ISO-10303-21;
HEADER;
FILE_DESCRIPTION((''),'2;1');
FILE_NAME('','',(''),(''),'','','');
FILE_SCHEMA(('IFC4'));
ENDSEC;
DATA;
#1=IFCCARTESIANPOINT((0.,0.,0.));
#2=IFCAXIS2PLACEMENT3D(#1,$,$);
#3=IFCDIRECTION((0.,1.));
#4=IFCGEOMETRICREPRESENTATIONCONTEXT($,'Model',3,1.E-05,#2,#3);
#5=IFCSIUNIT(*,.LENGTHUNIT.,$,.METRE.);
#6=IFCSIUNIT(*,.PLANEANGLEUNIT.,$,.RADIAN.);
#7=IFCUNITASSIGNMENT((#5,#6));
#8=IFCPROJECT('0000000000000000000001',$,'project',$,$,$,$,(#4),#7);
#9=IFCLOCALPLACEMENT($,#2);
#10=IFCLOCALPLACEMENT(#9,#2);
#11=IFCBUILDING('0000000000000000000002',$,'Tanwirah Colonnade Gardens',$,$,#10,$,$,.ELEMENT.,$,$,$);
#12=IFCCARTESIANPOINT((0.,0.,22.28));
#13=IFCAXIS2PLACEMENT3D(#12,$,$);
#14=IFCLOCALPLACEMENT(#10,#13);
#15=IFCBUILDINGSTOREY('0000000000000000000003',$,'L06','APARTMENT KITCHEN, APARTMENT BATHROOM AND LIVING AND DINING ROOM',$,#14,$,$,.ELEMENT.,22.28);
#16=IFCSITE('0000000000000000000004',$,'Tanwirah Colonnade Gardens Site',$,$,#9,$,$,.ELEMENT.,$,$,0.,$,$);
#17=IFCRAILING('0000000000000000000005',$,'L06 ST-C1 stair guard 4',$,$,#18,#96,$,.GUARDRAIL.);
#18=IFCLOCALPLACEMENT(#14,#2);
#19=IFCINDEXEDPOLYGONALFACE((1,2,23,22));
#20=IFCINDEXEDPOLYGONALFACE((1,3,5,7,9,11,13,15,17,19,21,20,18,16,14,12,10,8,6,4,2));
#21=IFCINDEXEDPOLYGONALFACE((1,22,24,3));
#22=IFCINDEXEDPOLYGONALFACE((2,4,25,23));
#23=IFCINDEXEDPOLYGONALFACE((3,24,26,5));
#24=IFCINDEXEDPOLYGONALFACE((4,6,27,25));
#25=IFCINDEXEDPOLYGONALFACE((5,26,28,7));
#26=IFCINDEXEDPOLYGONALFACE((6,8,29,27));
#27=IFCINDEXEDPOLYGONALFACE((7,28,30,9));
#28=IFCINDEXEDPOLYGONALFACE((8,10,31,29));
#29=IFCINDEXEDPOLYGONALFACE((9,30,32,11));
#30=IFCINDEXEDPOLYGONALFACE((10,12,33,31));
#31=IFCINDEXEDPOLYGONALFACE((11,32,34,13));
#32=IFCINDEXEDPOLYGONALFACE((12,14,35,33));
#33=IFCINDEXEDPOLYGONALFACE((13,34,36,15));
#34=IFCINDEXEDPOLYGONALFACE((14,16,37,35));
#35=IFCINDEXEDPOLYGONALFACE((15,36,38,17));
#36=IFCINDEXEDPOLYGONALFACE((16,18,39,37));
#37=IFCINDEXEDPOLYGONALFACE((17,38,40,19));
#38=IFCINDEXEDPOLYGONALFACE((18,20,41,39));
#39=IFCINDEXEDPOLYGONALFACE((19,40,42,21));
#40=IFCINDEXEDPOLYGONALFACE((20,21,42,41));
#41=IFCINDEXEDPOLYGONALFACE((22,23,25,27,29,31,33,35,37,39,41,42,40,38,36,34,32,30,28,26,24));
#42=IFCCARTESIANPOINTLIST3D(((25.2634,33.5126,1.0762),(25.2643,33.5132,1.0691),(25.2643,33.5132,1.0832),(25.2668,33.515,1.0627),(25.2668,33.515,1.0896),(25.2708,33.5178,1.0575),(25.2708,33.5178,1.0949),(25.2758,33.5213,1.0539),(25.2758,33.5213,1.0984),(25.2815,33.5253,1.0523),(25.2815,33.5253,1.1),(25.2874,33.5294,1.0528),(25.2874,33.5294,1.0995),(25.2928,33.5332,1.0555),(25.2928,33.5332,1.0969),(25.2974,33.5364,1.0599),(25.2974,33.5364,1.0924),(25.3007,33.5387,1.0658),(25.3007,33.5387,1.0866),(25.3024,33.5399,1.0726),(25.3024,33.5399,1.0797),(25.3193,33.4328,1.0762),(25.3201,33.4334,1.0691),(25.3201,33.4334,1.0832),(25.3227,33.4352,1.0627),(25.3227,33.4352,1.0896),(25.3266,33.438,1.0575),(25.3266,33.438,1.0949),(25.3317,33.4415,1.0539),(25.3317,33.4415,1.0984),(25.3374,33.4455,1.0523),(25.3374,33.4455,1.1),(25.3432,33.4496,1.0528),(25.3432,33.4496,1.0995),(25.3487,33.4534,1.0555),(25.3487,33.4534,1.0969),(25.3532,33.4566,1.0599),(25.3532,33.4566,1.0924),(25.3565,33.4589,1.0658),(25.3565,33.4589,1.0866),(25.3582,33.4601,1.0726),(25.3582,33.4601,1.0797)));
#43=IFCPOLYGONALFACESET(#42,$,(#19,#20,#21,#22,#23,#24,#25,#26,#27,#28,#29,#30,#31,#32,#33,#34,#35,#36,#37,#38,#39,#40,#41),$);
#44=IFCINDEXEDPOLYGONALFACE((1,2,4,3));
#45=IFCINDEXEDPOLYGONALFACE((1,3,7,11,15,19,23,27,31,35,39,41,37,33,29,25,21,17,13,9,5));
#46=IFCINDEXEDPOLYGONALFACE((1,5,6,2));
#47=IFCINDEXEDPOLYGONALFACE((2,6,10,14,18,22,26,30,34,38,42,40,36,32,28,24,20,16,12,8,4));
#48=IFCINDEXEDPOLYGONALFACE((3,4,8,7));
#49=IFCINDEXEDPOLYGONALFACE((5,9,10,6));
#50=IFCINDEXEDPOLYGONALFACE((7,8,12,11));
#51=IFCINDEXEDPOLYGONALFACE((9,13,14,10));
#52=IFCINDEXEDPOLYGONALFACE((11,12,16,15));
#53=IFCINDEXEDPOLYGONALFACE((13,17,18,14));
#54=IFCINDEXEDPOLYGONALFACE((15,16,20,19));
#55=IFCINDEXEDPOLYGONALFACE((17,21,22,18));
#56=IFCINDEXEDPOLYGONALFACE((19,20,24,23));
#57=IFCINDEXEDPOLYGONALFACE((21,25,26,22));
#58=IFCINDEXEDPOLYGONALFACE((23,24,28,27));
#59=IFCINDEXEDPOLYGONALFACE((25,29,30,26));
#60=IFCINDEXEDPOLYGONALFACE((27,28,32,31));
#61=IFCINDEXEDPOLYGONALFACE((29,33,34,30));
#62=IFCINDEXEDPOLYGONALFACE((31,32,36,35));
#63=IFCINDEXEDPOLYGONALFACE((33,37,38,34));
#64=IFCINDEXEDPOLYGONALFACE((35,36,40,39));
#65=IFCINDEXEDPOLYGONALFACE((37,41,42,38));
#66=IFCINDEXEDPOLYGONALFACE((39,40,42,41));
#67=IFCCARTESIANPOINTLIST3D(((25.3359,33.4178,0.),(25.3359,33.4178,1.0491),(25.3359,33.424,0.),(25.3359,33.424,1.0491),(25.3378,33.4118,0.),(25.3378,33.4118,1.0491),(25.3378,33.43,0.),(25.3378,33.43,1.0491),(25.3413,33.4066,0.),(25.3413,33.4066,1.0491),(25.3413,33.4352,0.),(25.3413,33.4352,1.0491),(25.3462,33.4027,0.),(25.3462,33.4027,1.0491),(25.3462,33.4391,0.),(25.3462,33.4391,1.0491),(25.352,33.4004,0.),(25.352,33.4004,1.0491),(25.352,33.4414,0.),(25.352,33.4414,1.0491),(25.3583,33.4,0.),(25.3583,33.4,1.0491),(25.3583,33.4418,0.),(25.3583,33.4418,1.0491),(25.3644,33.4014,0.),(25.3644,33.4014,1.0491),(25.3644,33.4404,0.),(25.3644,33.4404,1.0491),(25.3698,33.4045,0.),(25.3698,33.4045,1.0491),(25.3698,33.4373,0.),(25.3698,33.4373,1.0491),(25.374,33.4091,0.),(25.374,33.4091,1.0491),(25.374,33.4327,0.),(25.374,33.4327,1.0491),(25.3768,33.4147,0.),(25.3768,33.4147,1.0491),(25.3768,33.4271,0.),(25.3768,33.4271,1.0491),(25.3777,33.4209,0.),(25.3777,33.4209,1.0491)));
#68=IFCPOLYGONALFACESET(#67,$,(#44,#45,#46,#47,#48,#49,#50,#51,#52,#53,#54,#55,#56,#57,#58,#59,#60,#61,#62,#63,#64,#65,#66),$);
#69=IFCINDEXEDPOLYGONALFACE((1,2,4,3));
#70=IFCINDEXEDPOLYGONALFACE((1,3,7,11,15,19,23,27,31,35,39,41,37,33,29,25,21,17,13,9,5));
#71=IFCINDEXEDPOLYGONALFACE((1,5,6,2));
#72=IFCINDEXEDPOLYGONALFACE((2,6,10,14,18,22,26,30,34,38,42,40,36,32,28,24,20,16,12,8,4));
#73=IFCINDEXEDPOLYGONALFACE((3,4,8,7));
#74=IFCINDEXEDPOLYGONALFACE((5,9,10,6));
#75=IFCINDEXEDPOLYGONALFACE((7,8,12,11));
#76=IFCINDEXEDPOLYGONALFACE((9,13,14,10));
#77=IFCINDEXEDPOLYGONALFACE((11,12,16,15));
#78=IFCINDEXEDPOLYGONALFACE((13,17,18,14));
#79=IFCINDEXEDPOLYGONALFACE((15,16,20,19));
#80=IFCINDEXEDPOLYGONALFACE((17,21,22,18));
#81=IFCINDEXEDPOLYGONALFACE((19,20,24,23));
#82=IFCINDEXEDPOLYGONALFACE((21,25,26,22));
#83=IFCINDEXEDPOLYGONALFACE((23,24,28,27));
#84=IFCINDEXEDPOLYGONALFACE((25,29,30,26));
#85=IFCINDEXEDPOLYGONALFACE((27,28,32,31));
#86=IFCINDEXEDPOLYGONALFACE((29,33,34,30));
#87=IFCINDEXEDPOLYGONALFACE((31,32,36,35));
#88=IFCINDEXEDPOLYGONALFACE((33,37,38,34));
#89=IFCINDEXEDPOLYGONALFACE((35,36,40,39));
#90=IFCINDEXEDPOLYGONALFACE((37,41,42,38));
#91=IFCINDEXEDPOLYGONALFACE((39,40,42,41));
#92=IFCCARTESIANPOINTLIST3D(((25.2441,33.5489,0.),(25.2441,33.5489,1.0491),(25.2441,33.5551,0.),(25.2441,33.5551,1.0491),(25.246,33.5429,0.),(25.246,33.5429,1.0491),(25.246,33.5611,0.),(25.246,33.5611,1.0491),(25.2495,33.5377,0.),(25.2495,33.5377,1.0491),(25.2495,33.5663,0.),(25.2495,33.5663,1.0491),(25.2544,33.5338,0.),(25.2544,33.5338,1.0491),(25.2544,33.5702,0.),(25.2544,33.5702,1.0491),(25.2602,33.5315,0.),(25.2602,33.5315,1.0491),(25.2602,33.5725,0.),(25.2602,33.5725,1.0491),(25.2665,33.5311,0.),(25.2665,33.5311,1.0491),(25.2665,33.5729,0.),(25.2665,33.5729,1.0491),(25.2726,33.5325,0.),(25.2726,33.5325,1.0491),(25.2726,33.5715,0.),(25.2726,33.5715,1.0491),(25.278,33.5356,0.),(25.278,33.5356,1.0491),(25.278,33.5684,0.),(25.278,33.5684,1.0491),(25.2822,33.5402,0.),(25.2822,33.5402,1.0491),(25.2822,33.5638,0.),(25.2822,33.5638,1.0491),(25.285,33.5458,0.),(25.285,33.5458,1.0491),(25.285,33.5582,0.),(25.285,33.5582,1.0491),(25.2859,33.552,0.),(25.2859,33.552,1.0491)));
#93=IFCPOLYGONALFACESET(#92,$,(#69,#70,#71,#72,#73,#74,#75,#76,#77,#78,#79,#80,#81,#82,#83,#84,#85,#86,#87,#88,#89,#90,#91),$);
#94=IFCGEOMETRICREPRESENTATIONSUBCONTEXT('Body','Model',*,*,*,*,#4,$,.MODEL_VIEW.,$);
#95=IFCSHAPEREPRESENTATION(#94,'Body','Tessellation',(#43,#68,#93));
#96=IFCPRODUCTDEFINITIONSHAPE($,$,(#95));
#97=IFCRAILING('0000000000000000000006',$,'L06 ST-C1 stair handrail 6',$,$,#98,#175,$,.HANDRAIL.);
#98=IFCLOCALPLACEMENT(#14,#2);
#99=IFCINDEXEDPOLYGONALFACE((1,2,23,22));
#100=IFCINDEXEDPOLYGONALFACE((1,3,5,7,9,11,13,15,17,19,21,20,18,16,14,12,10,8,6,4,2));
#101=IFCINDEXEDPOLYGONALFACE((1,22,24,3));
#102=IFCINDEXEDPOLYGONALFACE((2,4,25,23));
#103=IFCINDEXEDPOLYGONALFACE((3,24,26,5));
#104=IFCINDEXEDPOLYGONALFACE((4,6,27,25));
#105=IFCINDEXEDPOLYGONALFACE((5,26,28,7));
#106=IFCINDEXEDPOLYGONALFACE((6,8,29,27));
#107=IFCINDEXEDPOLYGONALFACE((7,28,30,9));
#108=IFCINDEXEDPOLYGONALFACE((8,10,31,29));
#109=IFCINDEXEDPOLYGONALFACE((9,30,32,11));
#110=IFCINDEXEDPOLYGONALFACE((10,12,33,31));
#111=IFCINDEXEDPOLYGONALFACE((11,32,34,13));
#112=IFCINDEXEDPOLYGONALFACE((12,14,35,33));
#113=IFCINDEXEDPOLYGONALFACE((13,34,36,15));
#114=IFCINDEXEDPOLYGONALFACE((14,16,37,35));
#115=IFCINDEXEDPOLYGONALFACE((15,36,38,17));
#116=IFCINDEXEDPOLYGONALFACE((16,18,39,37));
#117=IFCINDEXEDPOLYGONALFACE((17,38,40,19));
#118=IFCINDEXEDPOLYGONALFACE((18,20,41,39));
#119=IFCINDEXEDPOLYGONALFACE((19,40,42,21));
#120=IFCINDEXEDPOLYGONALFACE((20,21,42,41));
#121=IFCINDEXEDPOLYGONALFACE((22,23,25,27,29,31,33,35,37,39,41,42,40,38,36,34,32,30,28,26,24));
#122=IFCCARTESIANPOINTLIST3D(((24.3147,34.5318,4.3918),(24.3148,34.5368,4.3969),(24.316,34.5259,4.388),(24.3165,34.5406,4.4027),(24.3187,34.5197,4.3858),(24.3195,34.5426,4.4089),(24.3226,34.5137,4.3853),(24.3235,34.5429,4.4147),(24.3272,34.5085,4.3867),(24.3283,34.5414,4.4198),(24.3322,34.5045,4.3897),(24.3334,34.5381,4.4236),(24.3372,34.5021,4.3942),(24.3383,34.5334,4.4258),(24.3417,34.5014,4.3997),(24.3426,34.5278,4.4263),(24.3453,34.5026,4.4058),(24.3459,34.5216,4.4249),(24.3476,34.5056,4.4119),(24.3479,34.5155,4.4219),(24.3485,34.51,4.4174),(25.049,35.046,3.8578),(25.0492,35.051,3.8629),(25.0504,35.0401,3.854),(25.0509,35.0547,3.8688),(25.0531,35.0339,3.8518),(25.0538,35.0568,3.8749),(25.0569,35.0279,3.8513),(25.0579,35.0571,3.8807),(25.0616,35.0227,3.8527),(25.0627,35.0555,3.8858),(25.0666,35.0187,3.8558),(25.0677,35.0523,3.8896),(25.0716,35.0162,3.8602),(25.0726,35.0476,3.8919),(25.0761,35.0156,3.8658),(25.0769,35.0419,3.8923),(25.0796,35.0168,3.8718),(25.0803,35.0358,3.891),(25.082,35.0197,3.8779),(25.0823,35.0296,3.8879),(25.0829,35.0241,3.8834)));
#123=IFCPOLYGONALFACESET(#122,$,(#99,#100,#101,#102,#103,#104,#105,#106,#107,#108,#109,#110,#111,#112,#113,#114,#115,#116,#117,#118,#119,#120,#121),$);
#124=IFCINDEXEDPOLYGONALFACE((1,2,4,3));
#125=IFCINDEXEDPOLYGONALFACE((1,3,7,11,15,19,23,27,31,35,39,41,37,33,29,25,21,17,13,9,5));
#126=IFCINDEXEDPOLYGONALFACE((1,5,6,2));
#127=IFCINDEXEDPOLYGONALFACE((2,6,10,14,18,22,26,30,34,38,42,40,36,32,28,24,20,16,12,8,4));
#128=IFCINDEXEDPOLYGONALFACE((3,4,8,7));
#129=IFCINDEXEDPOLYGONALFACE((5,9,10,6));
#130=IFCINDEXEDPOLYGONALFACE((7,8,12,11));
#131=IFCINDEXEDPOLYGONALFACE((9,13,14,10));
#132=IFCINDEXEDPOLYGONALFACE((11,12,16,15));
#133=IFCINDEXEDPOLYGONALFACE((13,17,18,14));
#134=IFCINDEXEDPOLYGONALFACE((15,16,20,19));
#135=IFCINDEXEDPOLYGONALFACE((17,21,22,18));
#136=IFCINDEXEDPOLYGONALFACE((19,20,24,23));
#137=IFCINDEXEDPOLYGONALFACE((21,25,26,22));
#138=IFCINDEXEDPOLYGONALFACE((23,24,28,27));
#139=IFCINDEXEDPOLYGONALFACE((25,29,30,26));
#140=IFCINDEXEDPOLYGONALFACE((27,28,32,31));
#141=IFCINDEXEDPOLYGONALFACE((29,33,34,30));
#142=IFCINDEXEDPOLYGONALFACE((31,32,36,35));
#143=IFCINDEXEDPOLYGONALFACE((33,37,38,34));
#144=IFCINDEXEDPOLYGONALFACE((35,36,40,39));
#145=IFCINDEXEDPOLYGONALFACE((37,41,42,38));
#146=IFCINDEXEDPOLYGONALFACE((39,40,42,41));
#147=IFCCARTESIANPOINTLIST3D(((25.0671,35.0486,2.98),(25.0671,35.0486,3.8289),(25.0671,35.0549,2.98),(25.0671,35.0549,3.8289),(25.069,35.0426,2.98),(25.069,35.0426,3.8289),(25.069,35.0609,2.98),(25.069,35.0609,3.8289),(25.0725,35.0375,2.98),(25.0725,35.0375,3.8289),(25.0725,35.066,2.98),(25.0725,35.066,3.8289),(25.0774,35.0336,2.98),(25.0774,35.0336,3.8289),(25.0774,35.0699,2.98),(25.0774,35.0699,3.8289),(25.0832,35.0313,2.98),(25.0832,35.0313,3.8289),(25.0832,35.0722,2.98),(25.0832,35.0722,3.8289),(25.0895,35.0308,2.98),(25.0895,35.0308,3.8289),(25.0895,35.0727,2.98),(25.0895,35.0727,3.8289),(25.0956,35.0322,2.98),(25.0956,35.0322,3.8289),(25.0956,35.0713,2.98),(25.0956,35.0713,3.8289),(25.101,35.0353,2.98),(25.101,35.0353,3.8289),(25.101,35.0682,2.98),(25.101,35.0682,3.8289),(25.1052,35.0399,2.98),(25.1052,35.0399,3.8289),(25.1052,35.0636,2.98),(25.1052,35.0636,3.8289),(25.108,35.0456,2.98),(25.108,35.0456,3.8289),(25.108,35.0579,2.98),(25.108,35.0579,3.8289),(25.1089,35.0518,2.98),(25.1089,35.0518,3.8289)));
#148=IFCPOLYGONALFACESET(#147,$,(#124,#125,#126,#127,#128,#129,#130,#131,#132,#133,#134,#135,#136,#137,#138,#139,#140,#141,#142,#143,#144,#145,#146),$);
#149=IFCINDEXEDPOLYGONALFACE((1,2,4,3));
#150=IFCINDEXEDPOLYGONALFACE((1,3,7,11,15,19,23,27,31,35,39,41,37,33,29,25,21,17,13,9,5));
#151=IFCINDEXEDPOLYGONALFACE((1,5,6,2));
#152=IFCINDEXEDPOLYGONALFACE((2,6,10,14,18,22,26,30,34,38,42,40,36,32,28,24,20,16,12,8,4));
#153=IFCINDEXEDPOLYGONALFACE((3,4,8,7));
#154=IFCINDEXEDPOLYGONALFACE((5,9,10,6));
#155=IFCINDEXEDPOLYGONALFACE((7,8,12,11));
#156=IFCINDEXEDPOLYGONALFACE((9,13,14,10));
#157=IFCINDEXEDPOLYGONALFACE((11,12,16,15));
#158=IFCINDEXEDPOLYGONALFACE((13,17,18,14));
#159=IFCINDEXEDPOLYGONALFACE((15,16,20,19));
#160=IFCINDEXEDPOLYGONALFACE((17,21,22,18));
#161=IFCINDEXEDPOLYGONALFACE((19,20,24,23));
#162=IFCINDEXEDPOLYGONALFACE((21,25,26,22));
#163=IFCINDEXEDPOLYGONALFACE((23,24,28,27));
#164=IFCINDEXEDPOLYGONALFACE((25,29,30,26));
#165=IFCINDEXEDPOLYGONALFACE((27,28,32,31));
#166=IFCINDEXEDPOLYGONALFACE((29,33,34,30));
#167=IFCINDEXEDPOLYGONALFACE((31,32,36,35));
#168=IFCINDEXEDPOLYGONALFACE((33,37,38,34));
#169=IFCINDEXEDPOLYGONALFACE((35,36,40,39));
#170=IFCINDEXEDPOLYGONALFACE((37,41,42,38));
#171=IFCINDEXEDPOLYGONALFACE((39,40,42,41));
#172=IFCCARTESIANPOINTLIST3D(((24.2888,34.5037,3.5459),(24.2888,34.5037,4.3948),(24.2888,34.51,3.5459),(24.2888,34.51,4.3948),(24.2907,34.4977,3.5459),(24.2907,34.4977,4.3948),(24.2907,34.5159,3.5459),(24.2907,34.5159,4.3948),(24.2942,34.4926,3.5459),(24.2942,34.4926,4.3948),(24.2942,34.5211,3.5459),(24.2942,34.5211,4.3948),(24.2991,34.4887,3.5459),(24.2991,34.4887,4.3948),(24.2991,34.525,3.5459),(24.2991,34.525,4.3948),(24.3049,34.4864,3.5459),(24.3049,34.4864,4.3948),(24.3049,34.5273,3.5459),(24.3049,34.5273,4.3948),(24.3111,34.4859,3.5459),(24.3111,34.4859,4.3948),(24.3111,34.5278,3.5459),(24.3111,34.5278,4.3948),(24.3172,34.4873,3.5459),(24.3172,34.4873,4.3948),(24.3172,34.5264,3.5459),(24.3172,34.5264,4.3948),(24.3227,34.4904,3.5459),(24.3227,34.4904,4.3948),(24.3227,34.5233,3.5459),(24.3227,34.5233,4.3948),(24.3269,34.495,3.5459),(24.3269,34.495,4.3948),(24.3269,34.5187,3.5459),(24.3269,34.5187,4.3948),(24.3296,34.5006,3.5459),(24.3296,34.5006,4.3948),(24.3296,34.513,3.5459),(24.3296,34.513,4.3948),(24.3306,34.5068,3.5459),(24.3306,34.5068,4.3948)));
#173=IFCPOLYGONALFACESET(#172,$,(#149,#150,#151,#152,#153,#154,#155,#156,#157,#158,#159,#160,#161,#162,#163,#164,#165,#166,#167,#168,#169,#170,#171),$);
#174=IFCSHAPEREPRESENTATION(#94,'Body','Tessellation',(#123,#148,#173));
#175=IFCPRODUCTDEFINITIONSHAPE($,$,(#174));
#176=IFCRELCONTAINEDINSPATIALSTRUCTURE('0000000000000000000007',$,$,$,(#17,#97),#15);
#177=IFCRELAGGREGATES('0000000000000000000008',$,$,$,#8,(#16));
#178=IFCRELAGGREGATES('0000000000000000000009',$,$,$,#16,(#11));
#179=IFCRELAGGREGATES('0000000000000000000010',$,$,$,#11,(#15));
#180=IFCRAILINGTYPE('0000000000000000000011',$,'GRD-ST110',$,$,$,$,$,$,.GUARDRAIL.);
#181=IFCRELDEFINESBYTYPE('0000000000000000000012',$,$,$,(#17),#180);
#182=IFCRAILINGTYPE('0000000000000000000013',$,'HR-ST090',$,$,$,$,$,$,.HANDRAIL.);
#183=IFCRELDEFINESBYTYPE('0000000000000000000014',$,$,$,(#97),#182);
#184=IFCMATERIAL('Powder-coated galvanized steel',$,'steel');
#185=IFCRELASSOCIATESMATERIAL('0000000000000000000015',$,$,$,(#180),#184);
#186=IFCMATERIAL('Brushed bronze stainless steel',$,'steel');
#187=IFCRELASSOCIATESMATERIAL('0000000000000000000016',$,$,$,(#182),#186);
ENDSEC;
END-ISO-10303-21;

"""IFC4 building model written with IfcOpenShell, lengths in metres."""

from ifc_helpers import new_model, si_unit, direction, frame, origin, origin_2d, place, context, subcontext, project, spatial, circle, extrude, material, type_object, element, save


model = new_model("IFC4")

# Units and contexts
model_context = context("Model", 3, precision=1e-05, world=origin(), true_north=direction((0.0, 1.0)))
body_context = subcontext(model_context, "Body", "Model", "MODEL_VIEW")
ifc_project = project(units=[si_unit("LENGTHUNIT", "METRE"), si_unit("PLANEANGLEUNIT", "RADIAN")], contexts=[model_context])

# Site, building, storey
site_placement = place(None, origin())
site = spatial("IfcSite", under=ifc_project, at=site_placement, Name="Tanwirah Colonnade Gardens Site", CompositionType="ELEMENT", RefElevation=0.0)
building_placement = place(site_placement, origin())
building = spatial("IfcBuilding", under=site, at=building_placement, Name="Tanwirah Colonnade Gardens", CompositionType="ELEMENT")
storey_placement = place(building_placement, frame((0.0, 0.0, 22.28)))
storey = spatial("IfcBuildingStorey", under=building, at=storey_placement, Name="L06", Description="APARTMENT KITCHEN, APARTMENT BATHROOM AND LIVING AND DINING ROOM", CompositionType="ELEMENT", Elevation=22.28)

# Railings
ifc_material_1 = material(Name="Powder-coated galvanized steel", Category="steel")
railing_type_1 = type_object("IfcRailingType", Name="GRD-ST110", PredefinedType="GUARDRAIL", material=ifc_material_1)
railing_1_placement = place(storey_placement, frame((25.3567, 33.4209, 0.0)))
element("IfcRailing", 1, at=railing_1_placement, inside=storey, type_object=railing_type_1, Name="L06 ST-C1 stair guard 4", PredefinedType="GUARDRAIL", context=body_context, shape_type="SweptSolid", body=[
    extrude(circle(Radius=0.0239, at=origin_2d()), frame((-0.0178, 0.0256, 1.0762), z_axis=(-0.573565, 0.81916, 0.0), x_axis=(-0.81916, -0.573565, 0.0)), (0.0, 0.0, 1.0), 0.0974),
    extrude(circle(Radius=0.021, at=origin_2d()), origin(), (0.0, 0.0, 1.0), 1.0491),
    extrude(circle(Radius=0.021, at=origin_2d()), frame((-0.0918, 0.1311, 0.0)), (0.0, 0.0, 1.0), 1.0491),
])
ifc_material_2 = material(Name="Brushed bronze stainless steel", Category="steel")
railing_type_2 = type_object("IfcRailingType", Name="HR-ST090", PredefinedType="HANDRAIL", material=ifc_material_2)
railing_2_placement = place(storey_placement, frame((25.0879, 35.0518, 2.98)))
element("IfcRailing", 2, at=railing_2_placement, inside=storey, type_object=railing_type_2, Name="L06 ST-C1 stair handrail 6", PredefinedType="HANDRAIL", context=body_context, shape_type="SweptSolid", body=[
    extrude(circle(Radius=0.0239, at=origin_2d()), frame((-0.022, -0.0154, 0.8918), z_axis=(-0.703797, -0.492747, 0.511732), x_axis=(0.573531, -0.819184, 0.0)), (0.0, 0.0, 1.0), 1.0435),
    extrude(circle(Radius=0.021, at=origin_2d()), origin(), (0.0, 0.0, 1.0), 0.8489),
    extrude(circle(Radius=0.021, at=origin_2d()), frame((-0.7783, -0.5449, 0.5659)), (0.0, 0.0, 1.0), 0.8489),
])

save(model, "model.ifc")
